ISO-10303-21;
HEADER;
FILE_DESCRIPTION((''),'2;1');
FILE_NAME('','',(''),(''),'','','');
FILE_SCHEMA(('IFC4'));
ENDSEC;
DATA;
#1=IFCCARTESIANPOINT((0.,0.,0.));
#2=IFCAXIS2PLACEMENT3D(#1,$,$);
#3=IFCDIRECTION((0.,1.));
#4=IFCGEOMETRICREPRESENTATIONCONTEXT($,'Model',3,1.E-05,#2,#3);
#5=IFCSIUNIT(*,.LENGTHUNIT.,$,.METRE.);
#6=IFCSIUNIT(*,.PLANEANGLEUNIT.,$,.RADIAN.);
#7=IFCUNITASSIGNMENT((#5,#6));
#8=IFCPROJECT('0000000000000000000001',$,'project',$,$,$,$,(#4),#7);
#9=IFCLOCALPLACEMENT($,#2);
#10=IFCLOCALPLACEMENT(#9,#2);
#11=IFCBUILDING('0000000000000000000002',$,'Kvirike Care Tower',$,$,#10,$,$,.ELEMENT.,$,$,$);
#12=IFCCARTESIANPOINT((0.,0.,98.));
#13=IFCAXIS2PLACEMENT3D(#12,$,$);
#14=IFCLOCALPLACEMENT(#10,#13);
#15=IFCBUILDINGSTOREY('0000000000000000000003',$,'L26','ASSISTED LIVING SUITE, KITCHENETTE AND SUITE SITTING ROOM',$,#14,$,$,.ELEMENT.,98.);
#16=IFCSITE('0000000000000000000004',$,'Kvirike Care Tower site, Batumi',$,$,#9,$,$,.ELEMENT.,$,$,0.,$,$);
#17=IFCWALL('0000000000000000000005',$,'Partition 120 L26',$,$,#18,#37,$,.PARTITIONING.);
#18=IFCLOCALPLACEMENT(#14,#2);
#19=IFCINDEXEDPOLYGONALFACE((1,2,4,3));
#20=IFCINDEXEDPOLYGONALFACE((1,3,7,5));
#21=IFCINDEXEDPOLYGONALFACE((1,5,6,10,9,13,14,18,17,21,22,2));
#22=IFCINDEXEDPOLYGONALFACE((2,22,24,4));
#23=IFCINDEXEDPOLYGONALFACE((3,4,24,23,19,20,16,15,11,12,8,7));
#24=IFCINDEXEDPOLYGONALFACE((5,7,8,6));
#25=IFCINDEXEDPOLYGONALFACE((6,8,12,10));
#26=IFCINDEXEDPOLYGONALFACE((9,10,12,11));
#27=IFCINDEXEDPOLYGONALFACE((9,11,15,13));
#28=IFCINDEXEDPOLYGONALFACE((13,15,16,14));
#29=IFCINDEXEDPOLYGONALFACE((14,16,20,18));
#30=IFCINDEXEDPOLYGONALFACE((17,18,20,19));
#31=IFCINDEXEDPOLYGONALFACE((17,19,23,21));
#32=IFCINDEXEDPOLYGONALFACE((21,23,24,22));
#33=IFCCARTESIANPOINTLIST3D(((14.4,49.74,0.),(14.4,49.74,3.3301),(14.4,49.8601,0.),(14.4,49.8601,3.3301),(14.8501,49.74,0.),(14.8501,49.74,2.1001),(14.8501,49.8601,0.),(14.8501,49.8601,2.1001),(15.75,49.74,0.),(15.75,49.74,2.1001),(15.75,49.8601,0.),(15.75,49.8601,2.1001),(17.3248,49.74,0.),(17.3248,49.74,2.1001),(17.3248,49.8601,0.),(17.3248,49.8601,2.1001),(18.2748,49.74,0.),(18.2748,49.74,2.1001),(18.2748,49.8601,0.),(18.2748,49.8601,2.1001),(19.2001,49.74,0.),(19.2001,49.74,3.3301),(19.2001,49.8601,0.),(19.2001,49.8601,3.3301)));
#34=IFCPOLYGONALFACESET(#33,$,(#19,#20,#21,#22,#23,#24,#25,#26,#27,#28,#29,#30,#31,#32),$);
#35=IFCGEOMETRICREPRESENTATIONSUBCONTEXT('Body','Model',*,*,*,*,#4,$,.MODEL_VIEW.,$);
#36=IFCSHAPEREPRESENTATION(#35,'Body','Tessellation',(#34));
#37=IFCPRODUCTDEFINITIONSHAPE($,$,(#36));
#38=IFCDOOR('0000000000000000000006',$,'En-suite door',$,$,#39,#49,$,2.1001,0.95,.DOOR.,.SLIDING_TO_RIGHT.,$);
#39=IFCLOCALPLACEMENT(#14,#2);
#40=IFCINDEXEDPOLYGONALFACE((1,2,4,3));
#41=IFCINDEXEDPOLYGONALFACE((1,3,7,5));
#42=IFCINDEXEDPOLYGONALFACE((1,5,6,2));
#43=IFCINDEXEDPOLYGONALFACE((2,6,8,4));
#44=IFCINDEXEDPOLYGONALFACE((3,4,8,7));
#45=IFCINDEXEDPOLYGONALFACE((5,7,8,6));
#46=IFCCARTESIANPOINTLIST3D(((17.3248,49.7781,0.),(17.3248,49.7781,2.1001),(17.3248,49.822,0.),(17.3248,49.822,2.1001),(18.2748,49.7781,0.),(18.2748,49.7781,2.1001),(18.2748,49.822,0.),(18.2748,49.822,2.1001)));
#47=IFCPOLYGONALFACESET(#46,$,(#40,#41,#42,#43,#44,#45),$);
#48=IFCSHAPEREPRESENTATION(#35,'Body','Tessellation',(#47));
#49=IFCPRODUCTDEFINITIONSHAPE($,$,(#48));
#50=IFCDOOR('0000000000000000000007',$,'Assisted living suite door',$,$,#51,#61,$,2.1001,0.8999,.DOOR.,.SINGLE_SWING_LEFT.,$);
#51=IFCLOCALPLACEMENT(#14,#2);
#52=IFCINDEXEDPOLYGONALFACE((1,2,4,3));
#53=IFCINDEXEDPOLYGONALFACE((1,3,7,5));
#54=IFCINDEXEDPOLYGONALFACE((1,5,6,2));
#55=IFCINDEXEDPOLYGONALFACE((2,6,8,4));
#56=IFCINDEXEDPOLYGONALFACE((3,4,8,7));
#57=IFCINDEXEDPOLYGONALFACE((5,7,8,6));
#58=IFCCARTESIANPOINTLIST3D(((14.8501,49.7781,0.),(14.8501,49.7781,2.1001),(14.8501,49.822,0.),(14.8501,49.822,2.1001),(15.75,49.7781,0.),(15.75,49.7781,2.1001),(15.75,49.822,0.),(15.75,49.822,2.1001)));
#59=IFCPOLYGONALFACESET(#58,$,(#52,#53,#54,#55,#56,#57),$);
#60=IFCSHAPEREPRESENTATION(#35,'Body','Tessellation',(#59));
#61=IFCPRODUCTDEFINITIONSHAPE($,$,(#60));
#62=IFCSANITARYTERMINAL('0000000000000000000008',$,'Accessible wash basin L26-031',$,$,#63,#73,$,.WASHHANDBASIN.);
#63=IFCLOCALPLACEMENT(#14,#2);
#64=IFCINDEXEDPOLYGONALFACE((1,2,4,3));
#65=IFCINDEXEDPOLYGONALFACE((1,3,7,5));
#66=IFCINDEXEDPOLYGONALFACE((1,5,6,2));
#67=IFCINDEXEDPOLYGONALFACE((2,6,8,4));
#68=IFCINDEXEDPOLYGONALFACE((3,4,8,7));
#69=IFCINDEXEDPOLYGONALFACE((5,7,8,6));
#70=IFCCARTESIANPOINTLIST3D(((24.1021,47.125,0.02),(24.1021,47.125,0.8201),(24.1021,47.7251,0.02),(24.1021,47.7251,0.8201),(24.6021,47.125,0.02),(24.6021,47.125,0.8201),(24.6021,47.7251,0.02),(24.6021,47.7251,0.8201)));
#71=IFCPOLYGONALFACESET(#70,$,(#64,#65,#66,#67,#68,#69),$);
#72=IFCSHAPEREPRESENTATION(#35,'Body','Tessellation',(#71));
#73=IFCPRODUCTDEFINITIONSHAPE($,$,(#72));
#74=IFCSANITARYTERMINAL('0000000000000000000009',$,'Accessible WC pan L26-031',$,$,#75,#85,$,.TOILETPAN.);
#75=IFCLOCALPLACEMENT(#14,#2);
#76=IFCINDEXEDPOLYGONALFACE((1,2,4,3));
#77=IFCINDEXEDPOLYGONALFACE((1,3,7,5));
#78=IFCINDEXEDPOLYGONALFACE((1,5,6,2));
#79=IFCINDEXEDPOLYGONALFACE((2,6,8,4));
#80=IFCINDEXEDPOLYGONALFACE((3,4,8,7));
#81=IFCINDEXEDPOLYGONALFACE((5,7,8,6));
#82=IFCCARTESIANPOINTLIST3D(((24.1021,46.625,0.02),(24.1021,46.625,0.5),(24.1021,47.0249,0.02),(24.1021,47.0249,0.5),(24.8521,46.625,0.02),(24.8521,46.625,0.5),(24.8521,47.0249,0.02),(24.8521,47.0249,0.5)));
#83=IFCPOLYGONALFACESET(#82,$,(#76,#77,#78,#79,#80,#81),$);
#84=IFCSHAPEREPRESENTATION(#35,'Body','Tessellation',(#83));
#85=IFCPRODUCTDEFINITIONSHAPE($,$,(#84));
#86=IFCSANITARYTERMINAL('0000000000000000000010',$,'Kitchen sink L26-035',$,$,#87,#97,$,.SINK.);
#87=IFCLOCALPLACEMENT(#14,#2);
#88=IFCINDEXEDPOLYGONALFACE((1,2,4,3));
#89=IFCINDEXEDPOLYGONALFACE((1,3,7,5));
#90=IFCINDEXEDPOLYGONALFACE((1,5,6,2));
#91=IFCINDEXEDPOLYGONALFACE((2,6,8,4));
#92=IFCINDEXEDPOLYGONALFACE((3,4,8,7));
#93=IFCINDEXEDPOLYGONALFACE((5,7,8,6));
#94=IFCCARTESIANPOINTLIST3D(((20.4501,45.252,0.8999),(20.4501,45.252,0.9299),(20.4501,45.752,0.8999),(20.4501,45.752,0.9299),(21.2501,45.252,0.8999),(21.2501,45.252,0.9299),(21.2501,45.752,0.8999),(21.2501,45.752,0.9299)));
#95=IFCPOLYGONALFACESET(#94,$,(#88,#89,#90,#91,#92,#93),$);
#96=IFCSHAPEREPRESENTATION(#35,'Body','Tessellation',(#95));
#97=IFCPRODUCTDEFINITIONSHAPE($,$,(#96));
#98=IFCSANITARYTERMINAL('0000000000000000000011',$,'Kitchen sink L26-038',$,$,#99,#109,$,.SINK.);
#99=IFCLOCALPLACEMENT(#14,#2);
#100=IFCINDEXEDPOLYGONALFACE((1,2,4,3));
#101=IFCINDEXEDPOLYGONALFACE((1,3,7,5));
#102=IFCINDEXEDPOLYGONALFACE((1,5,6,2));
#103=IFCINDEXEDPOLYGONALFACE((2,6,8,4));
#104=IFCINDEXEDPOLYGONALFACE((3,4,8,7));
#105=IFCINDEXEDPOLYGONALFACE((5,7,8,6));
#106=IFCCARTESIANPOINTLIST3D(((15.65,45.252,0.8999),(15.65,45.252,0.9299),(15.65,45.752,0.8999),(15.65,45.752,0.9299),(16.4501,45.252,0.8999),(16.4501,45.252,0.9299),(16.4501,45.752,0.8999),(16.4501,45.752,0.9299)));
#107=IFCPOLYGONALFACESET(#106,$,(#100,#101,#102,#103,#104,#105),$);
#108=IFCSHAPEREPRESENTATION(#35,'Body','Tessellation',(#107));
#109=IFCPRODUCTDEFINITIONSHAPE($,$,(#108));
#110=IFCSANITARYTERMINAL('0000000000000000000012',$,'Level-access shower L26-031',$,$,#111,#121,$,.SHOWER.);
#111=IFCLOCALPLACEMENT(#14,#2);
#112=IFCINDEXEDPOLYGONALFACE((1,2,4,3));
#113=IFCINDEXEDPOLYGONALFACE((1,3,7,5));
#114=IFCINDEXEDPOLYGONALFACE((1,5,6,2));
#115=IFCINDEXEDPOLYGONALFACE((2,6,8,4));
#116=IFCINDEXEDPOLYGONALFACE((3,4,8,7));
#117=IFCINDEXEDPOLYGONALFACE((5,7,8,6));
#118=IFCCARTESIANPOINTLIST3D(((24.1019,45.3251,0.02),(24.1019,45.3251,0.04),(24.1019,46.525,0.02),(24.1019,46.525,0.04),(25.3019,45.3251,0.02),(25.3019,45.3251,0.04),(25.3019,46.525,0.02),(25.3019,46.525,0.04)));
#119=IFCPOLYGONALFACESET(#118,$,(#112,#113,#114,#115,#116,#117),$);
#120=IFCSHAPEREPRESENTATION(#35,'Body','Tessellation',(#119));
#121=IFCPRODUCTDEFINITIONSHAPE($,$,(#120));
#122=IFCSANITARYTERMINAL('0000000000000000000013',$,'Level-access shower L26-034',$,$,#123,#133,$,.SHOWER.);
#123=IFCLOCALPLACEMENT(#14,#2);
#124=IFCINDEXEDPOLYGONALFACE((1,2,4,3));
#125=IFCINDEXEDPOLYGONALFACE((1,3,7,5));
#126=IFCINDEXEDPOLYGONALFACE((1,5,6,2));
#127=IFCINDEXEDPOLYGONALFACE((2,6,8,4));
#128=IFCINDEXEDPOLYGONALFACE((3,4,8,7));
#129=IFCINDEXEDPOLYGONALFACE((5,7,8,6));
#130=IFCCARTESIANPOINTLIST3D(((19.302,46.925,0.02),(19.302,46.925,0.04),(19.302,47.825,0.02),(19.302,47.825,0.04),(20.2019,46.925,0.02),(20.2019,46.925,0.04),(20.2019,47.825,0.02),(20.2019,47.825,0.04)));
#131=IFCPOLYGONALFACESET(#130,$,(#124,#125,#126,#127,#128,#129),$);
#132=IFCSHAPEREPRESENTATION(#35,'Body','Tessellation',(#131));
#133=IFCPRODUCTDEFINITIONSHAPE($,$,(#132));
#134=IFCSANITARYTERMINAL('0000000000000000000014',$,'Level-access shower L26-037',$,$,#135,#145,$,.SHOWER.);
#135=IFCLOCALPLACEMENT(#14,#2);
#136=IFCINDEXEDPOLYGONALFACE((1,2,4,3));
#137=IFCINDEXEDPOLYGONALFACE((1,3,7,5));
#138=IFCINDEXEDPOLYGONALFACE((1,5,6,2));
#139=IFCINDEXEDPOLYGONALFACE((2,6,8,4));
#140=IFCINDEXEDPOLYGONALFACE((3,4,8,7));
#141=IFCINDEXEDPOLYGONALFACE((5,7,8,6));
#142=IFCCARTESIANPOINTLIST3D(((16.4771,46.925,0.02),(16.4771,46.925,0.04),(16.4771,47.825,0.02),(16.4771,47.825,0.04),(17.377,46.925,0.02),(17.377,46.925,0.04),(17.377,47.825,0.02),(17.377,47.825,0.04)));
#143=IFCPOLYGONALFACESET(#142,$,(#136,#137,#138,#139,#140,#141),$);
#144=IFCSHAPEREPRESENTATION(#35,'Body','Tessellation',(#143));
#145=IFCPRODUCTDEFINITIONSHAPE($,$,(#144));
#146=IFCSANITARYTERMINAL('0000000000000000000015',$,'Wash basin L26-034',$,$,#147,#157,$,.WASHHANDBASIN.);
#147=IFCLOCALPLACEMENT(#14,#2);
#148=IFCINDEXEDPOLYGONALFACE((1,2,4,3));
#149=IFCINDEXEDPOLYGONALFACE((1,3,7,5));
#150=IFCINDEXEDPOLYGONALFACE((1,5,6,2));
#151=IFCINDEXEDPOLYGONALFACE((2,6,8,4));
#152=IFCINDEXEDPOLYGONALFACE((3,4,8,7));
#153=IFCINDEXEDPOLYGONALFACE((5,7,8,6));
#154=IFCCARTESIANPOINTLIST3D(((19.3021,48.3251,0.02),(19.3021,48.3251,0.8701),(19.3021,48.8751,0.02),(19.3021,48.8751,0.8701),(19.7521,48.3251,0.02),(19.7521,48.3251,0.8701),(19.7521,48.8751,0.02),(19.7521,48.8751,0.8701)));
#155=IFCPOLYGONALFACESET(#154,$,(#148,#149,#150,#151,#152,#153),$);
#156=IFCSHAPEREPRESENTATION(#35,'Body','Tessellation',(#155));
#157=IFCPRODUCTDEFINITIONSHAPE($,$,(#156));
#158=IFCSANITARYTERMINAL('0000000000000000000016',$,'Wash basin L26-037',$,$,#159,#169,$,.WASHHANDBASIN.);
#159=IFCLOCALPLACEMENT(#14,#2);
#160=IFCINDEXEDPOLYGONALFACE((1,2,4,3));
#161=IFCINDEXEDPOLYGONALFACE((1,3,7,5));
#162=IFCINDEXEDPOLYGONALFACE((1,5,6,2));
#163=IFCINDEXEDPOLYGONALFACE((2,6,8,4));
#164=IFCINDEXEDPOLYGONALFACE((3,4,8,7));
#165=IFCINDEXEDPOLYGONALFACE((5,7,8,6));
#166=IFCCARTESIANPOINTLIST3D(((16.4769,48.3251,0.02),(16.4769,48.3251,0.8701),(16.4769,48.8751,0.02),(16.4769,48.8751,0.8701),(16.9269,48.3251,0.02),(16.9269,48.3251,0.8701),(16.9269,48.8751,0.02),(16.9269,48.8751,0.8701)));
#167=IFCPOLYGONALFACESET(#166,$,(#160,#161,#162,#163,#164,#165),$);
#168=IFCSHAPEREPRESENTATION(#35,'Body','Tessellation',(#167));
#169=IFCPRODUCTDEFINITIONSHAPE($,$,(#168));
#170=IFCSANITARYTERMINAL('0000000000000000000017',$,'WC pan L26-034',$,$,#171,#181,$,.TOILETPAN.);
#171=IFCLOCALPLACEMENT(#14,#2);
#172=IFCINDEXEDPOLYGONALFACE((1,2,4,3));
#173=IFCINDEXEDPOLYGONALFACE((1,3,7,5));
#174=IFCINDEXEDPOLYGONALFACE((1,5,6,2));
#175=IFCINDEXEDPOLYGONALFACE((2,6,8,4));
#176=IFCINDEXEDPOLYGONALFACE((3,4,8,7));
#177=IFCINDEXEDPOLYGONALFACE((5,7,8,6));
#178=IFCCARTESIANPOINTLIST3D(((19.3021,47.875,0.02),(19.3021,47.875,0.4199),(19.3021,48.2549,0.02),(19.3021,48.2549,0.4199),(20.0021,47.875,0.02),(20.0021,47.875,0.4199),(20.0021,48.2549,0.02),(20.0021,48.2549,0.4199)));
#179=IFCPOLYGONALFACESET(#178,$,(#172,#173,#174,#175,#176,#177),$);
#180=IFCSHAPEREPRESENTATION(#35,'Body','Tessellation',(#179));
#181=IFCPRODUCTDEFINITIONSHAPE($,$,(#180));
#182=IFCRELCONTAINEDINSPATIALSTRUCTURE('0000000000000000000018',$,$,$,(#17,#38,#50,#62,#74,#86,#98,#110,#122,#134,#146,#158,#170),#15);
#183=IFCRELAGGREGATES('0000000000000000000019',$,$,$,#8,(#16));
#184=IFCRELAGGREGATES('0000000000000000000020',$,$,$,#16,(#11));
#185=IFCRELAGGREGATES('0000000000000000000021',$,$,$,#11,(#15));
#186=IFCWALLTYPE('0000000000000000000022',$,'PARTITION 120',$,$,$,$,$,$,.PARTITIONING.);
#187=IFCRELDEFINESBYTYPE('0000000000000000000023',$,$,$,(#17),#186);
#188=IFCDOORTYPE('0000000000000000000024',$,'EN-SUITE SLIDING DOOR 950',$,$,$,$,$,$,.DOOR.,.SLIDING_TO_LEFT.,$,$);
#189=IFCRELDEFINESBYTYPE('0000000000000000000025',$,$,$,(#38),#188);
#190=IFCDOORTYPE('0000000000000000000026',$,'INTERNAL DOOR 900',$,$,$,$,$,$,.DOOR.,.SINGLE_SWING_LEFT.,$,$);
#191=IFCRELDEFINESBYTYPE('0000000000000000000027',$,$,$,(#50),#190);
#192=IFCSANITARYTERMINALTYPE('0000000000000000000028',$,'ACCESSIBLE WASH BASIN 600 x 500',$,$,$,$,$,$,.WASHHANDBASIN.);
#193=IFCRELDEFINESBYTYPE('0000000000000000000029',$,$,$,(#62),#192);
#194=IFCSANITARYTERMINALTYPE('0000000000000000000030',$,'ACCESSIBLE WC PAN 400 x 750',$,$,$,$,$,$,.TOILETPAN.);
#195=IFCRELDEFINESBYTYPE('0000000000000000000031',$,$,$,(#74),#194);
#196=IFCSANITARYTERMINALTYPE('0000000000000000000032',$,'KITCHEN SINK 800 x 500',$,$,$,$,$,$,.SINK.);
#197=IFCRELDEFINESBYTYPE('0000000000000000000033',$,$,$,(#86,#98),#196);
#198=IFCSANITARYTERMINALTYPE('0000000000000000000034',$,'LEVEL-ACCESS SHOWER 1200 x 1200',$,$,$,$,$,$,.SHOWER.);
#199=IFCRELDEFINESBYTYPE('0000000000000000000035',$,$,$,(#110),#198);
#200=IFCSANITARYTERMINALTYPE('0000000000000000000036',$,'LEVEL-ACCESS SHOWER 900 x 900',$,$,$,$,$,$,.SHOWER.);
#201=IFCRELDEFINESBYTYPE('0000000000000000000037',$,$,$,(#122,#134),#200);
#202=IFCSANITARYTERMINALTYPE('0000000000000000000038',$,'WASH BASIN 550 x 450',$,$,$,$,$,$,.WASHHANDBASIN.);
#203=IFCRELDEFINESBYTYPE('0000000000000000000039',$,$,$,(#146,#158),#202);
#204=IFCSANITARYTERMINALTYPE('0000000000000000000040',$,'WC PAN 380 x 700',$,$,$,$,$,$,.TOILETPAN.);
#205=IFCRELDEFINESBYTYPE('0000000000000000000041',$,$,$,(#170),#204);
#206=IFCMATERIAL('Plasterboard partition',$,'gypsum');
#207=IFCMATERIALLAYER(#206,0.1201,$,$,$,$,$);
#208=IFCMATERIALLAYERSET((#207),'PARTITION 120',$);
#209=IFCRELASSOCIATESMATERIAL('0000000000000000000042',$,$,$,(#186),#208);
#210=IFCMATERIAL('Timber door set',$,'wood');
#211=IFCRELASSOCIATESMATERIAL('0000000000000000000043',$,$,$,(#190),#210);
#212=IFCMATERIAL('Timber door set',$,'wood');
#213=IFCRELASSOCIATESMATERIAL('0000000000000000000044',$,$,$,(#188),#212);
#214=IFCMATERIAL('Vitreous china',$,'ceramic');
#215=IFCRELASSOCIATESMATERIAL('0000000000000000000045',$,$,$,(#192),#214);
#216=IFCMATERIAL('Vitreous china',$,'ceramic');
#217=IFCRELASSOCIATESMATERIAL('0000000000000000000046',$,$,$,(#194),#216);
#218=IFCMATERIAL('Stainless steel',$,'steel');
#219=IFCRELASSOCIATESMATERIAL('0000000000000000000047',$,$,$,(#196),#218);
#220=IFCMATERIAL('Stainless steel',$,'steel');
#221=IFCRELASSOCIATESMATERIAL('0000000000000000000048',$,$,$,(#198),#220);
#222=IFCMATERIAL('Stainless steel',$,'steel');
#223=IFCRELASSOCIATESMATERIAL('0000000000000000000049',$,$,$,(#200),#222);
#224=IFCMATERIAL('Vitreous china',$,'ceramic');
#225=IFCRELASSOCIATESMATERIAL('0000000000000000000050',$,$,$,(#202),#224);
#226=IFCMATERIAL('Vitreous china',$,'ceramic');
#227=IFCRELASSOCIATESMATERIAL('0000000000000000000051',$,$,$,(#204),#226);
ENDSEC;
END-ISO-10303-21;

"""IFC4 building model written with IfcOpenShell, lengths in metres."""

from ifc_helpers import new_model, si_unit, direction, frame, frame_2d, origin, origin_2d, place, context, subcontext, project, spatial, rectangle, extrude, material, layer, layer_set, type_object, element, fill, save


model = new_model("IFC4")

# Units and contexts
model_context = context("Model", 3, precision=1e-05, world=origin(), true_north=direction((0.0, 1.0)))
body_context = subcontext(model_context, "Body", "Model", "MODEL_VIEW")
ifc_project = project(units=[si_unit("LENGTHUNIT", "METRE"), si_unit("PLANEANGLEUNIT", "RADIAN")], contexts=[model_context])

# Site, building, storey
site_placement = place(None, origin())
site = spatial("IfcSite", under=ifc_project, at=site_placement, Name="Kvirike Care Tower site, Batumi", CompositionType="ELEMENT", RefElevation=0.0)
building_placement = place(site_placement, origin())
building = spatial("IfcBuilding", under=site, at=building_placement, Name="Kvirike Care Tower", CompositionType="ELEMENT")
storey_placement = place(building_placement, frame((0.0, 0.0, 98.0)))
storey = spatial("IfcBuildingStorey", under=building, at=storey_placement, Name="L26", Description="ASSISTED LIVING SUITE, KITCHENETTE AND SUITE SITTING ROOM", CompositionType="ELEMENT", Elevation=98.0)

# Shared definitions
ifc_material_1 = material(Name="Plasterboard partition", Category="gypsum")
ifc_layer_1 = layer(ifc_material_1, 0.1201)
ifc_layer_set_1 = layer_set([ifc_layer_1], Name="PARTITION 120")
wall_type_1 = type_object("IfcWallType", Name="PARTITION 120", PredefinedType="PARTITIONING", material=ifc_layer_set_1)
ifc_material_2 = material(Name="Timber door set", Category="wood")
door_type_1 = type_object("IfcDoorType", Name="INTERNAL DOOR 900", OperationType="SINGLE_SWING_LEFT", PredefinedType="DOOR", material=ifc_material_2)

# Wall, openings, doors
wall_1_placement = place(storey_placement, frame((19.2, 49.8, 0.0), z_axis=(0.0, 0.0, 1.0), x_axis=(-1.0, 0.0, 0.0)))
wall_1 = element("IfcWall", 1, at=wall_1_placement, inside=storey, type_object=wall_type_1, Name="Partition 120 L26", PredefinedType="PARTITIONING", context=body_context, shape_type="SweptSolid", body=[
    extrude(rectangle(XDim=4.8, YDim=0.1201, at=frame_2d((2.3999, 0.0))), origin(), (0.0, 0.0, 1.0), 3.3301),
])
opening_1_placement = place(wall_1_placement, frame((3.45, 0.0, 0.0)))
opening_1 = element("IfcOpeningElement", 2, at=opening_1_placement, cuts=wall_1, PredefinedType="OPENING", context=body_context, shape_type="SweptSolid", body=[
    extrude(rectangle(XDim=0.8999, YDim=2.1001, at=frame_2d((0.45, 1.05))), frame((0.0, 0.0706, 0.0), z_axis=(0.0, -1.0, 0.0), x_axis=(1.0, 0.0, 0.0)), (0.0, 0.0, 1.0), 0.1411),
])
opening_2_placement = place(wall_1_placement, frame((0.925, 0.0, 0.0)))
opening_2 = element("IfcOpeningElement", 3, at=opening_2_placement, cuts=wall_1, PredefinedType="OPENING", context=body_context, shape_type="SweptSolid", body=[
    extrude(rectangle(XDim=0.95, YDim=2.1001, at=frame_2d((0.4751, 1.05))), frame((0.0, 0.0706, 0.0), z_axis=(0.0, -1.0, 0.0), x_axis=(1.0, 0.0, 0.0)), (0.0, 0.0, 1.0), 0.1411),
])
ifc_material_3 = material(Name="Timber door set", Category="wood")
door_type_2 = type_object("IfcDoorType", Name="EN-SUITE SLIDING DOOR 950", OperationType="SLIDING_TO_LEFT", PredefinedType="DOOR", material=ifc_material_3)
door_1_placement = place(opening_2_placement, origin())
door_1 = element("IfcDoor", 4, at=door_1_placement, inside=storey, type_object=door_type_2, Name="En-suite door", OperationType="SLIDING_TO_RIGHT", OverallHeight=2.1001, OverallWidth=0.95, PredefinedType="DOOR", context=body_context, shape_type="SweptSolid", body=[
    extrude(rectangle(XDim=0.95, YDim=2.1001, at=frame_2d((0.4751, 1.05))), frame((0.0, 0.022, 0.0), z_axis=(0.0, -1.0, 0.0), x_axis=(1.0, 0.0, 0.0)), (0.0, 0.0, 1.0), 0.0439),
])
fill(opening_2, door_1)
door_2_placement = place(opening_1_placement, origin())
door_2 = element("IfcDoor", 5, at=door_2_placement, inside=storey, type_object=door_type_1, Name="Assisted living suite door", OperationType="SINGLE_SWING_LEFT", OverallHeight=2.1001, OverallWidth=0.8999, PredefinedType="DOOR", context=body_context, shape_type="SweptSolid", body=[
    extrude(rectangle(XDim=0.8999, YDim=2.1001, at=frame_2d((0.45, 1.05))), frame((0.0, 0.022, 0.0), z_axis=(0.0, -1.0, 0.0), x_axis=(1.0, 0.0, 0.0)), (0.0, 0.0, 1.0), 0.0439),
])
fill(opening_1, door_2)

# Sanitary terminals
ifc_material_4 = material(Name="Vitreous china", Category="ceramic")
sanitary_terminal_type_1 = type_object("IfcSanitaryTerminalType", Name="ACCESSIBLE WASH BASIN 600 x 500", PredefinedType="WASHHANDBASIN", material=ifc_material_4)
sanitary_terminal_1_placement = place(storey_placement, frame((24.3521, 47.425, 0.02), z_axis=(0.0, 0.0, 1.0), x_axis=(0.0, 1.0, 0.0)))
element("IfcSanitaryTerminal", 6, at=sanitary_terminal_1_placement, inside=storey, type_object=sanitary_terminal_type_1, Name="Accessible wash basin L26-031", PredefinedType="WASHHANDBASIN", context=body_context, shape_type="SweptSolid", body=[
    extrude(rectangle(XDim=0.6001, YDim=0.5, at=origin_2d()), origin(), (0.0, 0.0, 1.0), 0.8),
])
ifc_material_5 = material(Name="Vitreous china", Category="ceramic")
sanitary_terminal_type_2 = type_object("IfcSanitaryTerminalType", Name="ACCESSIBLE WC PAN 400 x 750", PredefinedType="TOILETPAN", material=ifc_material_5)
sanitary_terminal_2_placement = place(storey_placement, frame((24.4771, 46.825, 0.02), z_axis=(0.0, 0.0, 1.0), x_axis=(0.0, 1.0, 0.0)))
element("IfcSanitaryTerminal", 7, at=sanitary_terminal_2_placement, inside=storey, type_object=sanitary_terminal_type_2, Name="Accessible WC pan L26-031", PredefinedType="TOILETPAN", context=body_context, shape_type="SweptSolid", body=[
    extrude(rectangle(XDim=0.3999, YDim=0.75, at=origin_2d()), origin(), (0.0, 0.0, 1.0), 0.48),
])
ifc_material_6 = material(Name="Stainless steel", Category="steel")
sanitary_terminal_type_3 = type_object("IfcSanitaryTerminalType", Name="KITCHEN SINK 800 x 500", PredefinedType="SINK", material=ifc_material_6)
for number, where, z_axis, x_axis, name in (
    (8, (20.8501, 45.502, 0.8999), (0.0, 0.0, 1.0), (-1.0, 0.0, 0.0), "Kitchen sink L26-035"),
    (9, (16.05, 45.502, 0.8999), (0.0, 0.0, 1.0), (-1.0, 0.0, 0.0), "Kitchen sink L26-038"),
):
    element("IfcSanitaryTerminal", number, at=place(storey_placement, frame(where, z_axis=z_axis, x_axis=x_axis)), inside=storey, type_object=sanitary_terminal_type_3, Name=name, PredefinedType="SINK", context=body_context, shape_type="SweptSolid", body=[
        extrude(rectangle(XDim=0.8, YDim=0.5, at=origin_2d()), origin(), (0.0, 0.0, 1.0), 0.03),
    ])
ifc_material_7 = material(Name="Stainless steel", Category="steel")
sanitary_terminal_type_4 = type_object("IfcSanitaryTerminalType", Name="LEVEL-ACCESS SHOWER 1200 x 1200", PredefinedType="SHOWER", material=ifc_material_7)
sanitary_terminal_3_placement = place(storey_placement, frame((24.7019, 45.925, 0.02), z_axis=(0.0, 0.0, 1.0), x_axis=(0.0, 1.0, 0.0)))
element("IfcSanitaryTerminal", 10, at=sanitary_terminal_3_placement, inside=storey, type_object=sanitary_terminal_type_4, Name="Level-access shower L26-031", PredefinedType="SHOWER", context=body_context, shape_type="SweptSolid", body=[
    extrude(rectangle(XDim=1.2, YDim=1.2, at=origin_2d()), origin(), (0.0, 0.0, 1.0), 0.02),
])
ifc_material_8 = material(Name="Stainless steel", Category="steel")
sanitary_terminal_type_5 = type_object("IfcSanitaryTerminalType", Name="LEVEL-ACCESS SHOWER 900 x 900", PredefinedType="SHOWER", material=ifc_material_8)
for number, where, z_axis, x_axis, name in (
    (11, (19.752, 47.375, 0.02), (0.0, 0.0, 1.0), (0.0, 1.0, 0.0), "Level-access shower L26-034"),
    (12, (16.927, 47.375, 0.02), (0.0, 0.0, 1.0), (0.0, 1.0, 0.0), "Level-access shower L26-037"),
):
    element("IfcSanitaryTerminal", number, at=place(storey_placement, frame(where, z_axis=z_axis, x_axis=x_axis)), inside=storey, type_object=sanitary_terminal_type_5, Name=name, PredefinedType="SHOWER", context=body_context, shape_type="SweptSolid", body=[
        extrude(rectangle(XDim=0.8999, YDim=0.8999, at=origin_2d()), origin(), (0.0, 0.0, 1.0), 0.02),
    ])
ifc_material_9 = material(Name="Vitreous china", Category="ceramic")
sanitary_terminal_type_6 = type_object("IfcSanitaryTerminalType", Name="WASH BASIN 550 x 450", PredefinedType="WASHHANDBASIN", material=ifc_material_9)
for number, where, z_axis, x_axis, name in (
    (13, (19.5271, 48.6001, 0.02), (0.0, 0.0, 1.0), (0.0, 1.0, 0.0), "Wash basin L26-034"),
    (14, (16.7019, 48.6001, 0.02), (0.0, 0.0, 1.0), (0.0, 1.0, 0.0), "Wash basin L26-037"),
):
    element("IfcSanitaryTerminal", number, at=place(storey_placement, frame(where, z_axis=z_axis, x_axis=x_axis)), inside=storey, type_object=sanitary_terminal_type_6, Name=name, PredefinedType="WASHHANDBASIN", context=body_context, shape_type="SweptSolid", body=[
        extrude(rectangle(XDim=0.55, YDim=0.45, at=origin_2d()), origin(), (0.0, 0.0, 1.0), 0.8501),
    ])
ifc_material_10 = material(Name="Vitreous china", Category="ceramic")
sanitary_terminal_type_7 = type_object("IfcSanitaryTerminalType", Name="WC PAN 380 x 700", PredefinedType="TOILETPAN", material=ifc_material_10)
for number, where, z_axis, x_axis, name in (
    (15, (19.6521, 48.0649, 0.02), (0.0, 0.0, 1.0), (0.0, 1.0, 0.0), "WC pan L26-034"),
):
    element("IfcSanitaryTerminal", number, at=place(storey_placement, frame(where, z_axis=z_axis, x_axis=x_axis)), inside=storey, type_object=sanitary_terminal_type_7, Name=name, PredefinedType="TOILETPAN", context=body_context, shape_type="SweptSolid", body=[
        extrude(rectangle(XDim=0.3799, YDim=0.7, at=origin_2d()), origin(), (0.0, 0.0, 1.0), 0.3999),
    ])

save(model, "model.ifc")
